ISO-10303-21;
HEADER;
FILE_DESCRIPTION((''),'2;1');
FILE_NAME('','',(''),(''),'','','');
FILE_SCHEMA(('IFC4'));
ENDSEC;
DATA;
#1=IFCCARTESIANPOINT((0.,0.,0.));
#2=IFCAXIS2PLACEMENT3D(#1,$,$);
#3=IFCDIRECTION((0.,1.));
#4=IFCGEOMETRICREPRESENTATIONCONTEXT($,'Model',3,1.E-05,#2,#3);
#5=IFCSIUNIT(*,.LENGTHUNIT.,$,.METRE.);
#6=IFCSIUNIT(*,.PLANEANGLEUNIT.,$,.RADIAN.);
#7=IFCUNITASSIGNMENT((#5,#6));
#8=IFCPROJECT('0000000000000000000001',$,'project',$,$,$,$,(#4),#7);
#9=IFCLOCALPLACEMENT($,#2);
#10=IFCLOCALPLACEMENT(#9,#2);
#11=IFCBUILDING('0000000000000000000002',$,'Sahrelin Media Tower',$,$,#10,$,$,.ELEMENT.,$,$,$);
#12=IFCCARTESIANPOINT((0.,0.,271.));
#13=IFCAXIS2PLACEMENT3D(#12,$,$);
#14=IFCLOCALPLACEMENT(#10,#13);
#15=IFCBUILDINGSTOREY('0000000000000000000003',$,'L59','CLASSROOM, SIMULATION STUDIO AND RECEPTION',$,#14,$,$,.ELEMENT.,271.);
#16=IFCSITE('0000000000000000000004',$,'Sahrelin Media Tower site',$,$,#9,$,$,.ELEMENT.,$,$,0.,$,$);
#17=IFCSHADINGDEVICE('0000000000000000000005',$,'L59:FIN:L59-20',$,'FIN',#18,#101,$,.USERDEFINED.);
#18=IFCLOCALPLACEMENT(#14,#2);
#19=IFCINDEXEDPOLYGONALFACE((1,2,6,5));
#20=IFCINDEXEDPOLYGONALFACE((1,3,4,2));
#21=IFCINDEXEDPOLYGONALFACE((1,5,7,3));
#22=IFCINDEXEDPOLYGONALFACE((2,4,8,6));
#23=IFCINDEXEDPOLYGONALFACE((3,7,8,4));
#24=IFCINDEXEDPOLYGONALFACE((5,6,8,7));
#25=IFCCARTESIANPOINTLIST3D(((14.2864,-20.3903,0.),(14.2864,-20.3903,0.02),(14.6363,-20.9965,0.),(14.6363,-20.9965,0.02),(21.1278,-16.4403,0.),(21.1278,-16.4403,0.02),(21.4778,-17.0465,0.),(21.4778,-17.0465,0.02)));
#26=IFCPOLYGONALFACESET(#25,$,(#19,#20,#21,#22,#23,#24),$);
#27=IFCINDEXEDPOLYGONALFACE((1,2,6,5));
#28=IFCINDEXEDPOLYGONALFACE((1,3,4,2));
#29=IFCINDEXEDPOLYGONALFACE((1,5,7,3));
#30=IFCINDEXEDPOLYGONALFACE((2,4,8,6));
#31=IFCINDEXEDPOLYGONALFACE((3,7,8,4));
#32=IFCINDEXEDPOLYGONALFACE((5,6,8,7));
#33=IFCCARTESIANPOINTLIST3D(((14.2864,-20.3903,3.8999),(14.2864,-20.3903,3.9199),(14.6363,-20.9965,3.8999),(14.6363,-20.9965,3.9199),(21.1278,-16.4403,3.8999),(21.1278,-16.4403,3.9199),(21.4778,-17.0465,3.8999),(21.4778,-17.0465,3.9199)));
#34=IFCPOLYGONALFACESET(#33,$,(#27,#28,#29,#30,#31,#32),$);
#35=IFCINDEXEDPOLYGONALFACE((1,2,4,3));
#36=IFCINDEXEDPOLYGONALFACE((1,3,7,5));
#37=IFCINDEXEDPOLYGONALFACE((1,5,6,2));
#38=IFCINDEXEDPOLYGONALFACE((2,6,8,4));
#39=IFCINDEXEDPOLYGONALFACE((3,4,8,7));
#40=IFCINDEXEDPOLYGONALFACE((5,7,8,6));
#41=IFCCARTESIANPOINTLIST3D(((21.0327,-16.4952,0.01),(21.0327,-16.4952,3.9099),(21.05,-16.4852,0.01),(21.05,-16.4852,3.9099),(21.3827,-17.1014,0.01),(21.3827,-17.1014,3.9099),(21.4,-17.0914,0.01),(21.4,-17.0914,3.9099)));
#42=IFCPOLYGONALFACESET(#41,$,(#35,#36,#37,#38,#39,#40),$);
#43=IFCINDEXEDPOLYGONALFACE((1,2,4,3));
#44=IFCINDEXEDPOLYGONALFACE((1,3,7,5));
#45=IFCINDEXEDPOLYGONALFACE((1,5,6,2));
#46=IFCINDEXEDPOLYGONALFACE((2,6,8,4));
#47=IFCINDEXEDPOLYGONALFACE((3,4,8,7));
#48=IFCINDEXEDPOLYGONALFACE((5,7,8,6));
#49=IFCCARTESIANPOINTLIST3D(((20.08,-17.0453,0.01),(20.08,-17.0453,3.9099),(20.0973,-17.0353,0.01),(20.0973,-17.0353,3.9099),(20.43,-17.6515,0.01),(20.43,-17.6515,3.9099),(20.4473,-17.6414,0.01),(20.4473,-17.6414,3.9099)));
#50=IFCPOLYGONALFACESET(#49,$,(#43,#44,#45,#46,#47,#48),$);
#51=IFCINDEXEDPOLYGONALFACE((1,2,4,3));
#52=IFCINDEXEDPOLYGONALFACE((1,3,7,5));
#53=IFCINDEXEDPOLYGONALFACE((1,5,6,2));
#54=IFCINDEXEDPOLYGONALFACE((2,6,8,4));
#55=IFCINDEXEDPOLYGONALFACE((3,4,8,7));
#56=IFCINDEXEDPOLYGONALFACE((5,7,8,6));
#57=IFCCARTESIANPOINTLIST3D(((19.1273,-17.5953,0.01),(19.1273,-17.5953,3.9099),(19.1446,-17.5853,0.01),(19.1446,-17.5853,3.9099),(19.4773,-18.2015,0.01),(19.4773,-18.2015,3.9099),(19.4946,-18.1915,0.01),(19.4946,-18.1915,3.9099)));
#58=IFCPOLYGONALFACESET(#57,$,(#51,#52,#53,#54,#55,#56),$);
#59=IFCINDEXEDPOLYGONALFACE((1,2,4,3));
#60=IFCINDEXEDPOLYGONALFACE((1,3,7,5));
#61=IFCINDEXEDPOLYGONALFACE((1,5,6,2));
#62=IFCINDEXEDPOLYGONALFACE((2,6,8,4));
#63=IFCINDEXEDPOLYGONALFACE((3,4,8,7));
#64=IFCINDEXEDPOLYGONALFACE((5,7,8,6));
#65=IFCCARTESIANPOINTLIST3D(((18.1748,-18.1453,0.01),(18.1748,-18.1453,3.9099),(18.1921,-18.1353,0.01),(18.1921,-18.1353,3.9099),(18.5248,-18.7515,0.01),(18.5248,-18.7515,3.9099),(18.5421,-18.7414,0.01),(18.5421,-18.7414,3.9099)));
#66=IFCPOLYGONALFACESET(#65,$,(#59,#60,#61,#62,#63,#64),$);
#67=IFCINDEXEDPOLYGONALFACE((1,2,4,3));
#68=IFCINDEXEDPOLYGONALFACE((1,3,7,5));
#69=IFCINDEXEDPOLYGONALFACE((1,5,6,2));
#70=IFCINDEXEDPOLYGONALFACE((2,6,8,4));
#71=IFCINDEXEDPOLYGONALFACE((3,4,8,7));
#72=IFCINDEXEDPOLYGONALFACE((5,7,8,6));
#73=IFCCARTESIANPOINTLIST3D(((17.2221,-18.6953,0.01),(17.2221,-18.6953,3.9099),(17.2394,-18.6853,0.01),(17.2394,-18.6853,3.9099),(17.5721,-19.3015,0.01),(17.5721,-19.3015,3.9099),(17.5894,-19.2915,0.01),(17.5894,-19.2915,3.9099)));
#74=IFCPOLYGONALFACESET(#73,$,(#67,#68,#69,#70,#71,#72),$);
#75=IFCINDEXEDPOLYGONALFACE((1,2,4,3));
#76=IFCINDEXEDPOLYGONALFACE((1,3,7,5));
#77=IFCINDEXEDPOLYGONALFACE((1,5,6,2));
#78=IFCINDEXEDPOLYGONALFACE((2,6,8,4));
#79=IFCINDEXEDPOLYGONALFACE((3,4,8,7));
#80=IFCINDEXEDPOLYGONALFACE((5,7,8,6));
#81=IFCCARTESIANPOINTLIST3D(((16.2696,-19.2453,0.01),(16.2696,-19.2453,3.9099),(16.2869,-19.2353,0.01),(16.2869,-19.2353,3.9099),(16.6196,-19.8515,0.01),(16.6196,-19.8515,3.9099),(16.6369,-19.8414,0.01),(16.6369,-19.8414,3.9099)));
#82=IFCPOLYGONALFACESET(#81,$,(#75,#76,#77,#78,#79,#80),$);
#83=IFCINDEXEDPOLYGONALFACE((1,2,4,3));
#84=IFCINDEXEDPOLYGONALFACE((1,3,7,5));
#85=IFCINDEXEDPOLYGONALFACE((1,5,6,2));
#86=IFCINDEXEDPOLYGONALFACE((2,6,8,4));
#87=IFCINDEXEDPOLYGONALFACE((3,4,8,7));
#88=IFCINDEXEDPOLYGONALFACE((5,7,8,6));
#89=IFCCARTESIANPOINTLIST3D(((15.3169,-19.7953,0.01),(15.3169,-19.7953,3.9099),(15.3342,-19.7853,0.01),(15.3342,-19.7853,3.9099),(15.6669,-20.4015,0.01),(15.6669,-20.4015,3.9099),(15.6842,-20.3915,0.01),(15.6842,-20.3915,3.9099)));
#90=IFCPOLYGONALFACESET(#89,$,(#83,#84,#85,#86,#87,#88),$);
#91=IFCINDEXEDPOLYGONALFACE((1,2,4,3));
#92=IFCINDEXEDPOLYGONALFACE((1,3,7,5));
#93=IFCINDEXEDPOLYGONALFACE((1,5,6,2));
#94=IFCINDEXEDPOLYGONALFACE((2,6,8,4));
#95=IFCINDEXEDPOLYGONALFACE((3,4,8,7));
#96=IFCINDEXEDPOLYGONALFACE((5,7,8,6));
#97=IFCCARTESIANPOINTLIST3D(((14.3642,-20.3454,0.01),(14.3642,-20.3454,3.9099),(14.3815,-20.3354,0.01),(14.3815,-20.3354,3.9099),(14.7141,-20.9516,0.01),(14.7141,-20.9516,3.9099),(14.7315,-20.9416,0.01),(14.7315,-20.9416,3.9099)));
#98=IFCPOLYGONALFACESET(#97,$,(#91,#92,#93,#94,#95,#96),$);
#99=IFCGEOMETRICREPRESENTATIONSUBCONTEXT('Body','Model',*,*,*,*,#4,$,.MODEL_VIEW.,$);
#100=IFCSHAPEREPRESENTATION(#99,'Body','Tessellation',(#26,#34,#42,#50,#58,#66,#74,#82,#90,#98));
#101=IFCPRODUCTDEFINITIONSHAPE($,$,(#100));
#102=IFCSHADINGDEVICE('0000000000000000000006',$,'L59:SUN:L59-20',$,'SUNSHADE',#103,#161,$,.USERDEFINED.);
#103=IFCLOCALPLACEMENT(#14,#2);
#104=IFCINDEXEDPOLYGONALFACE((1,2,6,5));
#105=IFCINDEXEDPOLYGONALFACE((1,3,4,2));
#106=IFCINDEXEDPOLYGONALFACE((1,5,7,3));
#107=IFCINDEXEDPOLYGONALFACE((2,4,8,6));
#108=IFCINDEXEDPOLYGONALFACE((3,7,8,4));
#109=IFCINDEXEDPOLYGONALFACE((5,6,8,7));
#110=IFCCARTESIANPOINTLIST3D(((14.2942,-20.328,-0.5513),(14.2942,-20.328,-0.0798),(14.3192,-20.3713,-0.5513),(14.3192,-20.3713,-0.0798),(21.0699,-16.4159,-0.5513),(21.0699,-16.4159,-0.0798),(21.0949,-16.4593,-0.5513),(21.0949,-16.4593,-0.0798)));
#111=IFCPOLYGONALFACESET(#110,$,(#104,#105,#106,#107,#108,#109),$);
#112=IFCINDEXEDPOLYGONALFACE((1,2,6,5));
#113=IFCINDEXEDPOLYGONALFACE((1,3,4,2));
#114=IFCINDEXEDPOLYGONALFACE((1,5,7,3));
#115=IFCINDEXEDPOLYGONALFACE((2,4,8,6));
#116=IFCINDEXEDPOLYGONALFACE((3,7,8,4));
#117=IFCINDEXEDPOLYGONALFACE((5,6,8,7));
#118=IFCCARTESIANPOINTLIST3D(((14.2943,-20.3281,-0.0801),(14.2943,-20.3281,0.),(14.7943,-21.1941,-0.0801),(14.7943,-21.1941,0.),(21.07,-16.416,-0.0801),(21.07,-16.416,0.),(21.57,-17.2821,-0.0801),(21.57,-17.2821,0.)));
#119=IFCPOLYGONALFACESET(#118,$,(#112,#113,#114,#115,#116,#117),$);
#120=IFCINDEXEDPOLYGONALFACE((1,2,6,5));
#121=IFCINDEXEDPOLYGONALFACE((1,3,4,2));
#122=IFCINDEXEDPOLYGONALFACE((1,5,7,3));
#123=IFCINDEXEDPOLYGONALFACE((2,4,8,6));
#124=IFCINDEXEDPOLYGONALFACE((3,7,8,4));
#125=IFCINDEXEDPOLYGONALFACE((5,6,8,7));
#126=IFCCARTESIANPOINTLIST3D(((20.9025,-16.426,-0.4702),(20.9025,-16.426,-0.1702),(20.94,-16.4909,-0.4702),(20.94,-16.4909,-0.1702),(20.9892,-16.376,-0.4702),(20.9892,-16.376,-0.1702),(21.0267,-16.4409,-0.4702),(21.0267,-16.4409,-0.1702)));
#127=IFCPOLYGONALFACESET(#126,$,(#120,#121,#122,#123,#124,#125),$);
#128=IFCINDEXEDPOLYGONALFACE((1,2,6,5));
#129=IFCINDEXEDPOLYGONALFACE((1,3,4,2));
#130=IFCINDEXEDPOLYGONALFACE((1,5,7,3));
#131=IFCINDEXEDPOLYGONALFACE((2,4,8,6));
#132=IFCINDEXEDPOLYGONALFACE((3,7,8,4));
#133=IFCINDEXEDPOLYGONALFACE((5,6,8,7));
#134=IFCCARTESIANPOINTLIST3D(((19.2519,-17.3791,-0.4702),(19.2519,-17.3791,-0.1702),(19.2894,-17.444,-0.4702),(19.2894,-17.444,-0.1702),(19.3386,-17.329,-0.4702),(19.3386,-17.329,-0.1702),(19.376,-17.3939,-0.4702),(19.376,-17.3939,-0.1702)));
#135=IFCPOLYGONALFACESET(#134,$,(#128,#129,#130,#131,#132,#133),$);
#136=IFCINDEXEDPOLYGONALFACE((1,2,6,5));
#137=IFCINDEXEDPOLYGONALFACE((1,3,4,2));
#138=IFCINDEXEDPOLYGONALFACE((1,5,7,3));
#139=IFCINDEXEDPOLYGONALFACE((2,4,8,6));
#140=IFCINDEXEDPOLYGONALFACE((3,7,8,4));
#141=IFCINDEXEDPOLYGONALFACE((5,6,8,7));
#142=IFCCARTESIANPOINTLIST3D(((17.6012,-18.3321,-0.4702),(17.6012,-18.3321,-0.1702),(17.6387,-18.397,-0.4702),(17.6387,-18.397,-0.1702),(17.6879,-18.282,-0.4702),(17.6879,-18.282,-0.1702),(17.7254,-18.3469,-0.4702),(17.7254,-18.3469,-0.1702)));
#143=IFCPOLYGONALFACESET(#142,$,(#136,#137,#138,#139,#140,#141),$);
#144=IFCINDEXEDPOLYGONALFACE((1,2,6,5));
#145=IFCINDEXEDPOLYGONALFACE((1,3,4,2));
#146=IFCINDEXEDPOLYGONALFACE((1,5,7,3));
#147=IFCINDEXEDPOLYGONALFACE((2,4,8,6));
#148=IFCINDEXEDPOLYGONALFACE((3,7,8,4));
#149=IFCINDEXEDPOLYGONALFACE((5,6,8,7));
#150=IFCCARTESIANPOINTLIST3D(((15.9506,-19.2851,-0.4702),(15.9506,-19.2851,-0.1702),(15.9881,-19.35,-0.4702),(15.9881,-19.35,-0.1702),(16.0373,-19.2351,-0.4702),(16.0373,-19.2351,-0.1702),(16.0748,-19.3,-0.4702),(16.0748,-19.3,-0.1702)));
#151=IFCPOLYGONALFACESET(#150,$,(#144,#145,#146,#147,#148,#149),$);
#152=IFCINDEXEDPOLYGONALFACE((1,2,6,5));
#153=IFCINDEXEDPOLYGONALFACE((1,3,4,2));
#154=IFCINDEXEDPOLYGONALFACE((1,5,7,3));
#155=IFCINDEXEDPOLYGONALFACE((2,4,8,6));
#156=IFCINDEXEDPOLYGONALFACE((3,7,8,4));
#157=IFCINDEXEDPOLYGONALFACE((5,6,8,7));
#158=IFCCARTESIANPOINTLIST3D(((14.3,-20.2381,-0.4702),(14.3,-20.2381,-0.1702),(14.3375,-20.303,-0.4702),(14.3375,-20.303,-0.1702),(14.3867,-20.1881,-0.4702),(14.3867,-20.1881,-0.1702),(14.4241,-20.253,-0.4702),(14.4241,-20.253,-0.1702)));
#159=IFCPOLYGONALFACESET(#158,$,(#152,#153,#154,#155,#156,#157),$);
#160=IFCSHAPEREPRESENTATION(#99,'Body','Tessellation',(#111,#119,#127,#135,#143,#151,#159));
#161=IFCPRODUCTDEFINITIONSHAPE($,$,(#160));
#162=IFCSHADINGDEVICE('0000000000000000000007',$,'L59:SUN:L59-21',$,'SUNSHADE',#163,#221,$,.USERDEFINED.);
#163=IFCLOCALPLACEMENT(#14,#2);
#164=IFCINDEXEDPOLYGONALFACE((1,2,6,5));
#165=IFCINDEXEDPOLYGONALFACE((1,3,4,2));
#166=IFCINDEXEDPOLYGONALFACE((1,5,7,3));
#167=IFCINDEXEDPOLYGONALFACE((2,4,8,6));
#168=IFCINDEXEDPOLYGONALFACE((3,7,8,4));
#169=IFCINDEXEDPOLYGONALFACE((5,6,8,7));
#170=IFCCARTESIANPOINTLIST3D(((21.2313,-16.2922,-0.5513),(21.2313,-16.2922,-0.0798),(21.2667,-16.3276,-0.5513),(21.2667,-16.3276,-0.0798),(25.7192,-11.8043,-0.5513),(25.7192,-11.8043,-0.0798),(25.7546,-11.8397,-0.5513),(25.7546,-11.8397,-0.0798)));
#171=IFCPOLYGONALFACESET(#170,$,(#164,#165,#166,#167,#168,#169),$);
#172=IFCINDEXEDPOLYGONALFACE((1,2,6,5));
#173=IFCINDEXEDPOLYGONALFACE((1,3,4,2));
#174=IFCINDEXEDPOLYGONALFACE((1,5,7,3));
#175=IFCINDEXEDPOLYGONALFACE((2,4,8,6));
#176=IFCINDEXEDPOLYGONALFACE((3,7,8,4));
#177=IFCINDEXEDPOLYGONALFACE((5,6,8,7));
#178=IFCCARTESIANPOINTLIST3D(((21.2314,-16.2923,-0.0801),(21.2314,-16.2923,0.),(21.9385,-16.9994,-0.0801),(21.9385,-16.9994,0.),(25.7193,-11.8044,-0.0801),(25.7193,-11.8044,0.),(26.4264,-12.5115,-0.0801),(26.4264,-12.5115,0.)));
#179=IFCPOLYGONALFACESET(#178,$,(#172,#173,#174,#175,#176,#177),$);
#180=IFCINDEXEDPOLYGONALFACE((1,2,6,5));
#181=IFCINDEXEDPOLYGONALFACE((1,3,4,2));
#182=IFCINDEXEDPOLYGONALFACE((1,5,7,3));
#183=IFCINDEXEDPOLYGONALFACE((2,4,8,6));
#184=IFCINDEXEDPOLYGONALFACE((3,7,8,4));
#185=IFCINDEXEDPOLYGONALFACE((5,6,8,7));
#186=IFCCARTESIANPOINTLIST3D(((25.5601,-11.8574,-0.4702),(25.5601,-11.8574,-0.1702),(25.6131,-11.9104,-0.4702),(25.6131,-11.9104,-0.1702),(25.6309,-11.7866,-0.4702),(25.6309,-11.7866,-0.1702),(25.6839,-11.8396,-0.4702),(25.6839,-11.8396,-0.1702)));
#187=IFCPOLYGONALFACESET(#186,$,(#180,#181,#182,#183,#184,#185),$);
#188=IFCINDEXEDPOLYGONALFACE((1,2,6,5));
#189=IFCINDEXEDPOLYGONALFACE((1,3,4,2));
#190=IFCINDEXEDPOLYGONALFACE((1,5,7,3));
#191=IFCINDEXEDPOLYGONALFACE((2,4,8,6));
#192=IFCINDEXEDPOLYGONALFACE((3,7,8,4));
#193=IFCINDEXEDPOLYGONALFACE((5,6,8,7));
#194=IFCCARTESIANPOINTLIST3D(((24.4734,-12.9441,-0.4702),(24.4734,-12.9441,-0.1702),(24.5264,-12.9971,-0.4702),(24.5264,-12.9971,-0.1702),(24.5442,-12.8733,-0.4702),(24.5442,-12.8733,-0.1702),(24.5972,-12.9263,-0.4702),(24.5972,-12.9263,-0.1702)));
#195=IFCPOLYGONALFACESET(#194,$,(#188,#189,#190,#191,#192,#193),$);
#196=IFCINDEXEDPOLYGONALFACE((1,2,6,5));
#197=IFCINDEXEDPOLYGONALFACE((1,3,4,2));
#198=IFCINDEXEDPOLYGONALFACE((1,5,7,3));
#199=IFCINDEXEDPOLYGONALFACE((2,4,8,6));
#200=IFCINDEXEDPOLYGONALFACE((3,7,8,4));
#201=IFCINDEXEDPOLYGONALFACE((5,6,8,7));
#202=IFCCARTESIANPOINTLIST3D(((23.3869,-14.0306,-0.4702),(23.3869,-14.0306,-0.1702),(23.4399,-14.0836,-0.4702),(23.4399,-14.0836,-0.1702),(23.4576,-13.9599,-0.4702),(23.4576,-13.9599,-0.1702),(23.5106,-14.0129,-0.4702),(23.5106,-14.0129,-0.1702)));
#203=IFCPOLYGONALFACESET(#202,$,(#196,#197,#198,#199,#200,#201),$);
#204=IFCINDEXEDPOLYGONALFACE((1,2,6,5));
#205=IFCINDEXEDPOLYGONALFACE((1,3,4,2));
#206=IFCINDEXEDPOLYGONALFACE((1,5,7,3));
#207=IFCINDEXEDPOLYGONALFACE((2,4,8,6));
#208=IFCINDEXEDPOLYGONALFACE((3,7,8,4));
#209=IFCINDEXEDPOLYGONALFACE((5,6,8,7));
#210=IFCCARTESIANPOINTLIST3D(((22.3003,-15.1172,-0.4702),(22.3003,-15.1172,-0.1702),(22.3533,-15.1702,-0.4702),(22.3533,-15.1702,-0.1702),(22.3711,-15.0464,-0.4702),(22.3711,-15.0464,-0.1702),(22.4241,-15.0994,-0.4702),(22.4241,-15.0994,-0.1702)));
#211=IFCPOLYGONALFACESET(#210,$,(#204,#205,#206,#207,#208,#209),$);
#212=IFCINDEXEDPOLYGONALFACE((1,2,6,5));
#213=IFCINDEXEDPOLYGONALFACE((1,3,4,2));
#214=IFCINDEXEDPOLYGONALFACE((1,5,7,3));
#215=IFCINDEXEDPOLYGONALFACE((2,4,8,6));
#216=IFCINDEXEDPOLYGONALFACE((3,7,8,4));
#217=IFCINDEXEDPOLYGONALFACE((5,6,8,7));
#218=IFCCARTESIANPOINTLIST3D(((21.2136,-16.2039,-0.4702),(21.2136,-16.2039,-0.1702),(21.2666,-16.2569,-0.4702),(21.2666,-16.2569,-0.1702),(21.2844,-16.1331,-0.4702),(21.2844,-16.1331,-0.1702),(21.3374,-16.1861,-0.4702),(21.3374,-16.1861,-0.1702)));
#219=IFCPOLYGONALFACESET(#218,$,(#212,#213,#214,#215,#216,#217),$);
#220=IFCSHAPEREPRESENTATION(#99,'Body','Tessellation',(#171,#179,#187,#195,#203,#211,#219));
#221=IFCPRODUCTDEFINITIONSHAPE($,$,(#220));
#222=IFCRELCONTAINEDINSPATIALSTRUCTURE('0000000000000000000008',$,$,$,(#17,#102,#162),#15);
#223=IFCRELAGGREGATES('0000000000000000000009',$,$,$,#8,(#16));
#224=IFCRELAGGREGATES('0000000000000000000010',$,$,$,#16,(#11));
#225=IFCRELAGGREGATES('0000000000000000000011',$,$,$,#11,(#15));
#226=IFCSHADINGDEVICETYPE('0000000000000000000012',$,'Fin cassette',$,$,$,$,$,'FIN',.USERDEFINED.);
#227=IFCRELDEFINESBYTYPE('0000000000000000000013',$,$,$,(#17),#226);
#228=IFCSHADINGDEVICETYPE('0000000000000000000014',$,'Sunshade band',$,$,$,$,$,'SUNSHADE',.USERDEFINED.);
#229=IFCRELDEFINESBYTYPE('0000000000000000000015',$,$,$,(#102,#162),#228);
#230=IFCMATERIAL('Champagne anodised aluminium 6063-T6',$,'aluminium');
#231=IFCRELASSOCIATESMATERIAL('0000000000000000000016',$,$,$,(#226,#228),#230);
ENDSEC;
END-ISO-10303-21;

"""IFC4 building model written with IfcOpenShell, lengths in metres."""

from ifc_helpers import new_model, si_unit, direction, frame, origin, origin_2d, place, context, subcontext, project, spatial, rectangle, extrude, material, type_object, element, save


model = new_model("IFC4")

# Units and contexts
model_context = context("Model", 3, precision=1e-05, world=origin(), true_north=direction((0.0, 1.0)))
body_context = subcontext(model_context, "Body", "Model", "MODEL_VIEW")
ifc_project = project(units=[si_unit("LENGTHUNIT", "METRE"), si_unit("PLANEANGLEUNIT", "RADIAN")], contexts=[model_context])

# Site, building, storey
site_placement = place(None, origin())
site = spatial("IfcSite", under=ifc_project, at=site_placement, Name="Sahrelin Media Tower site", CompositionType="ELEMENT", RefElevation=0.0)
building_placement = place(site_placement, origin())
building = spatial("IfcBuilding", under=site, at=building_placement, Name="Sahrelin Media Tower", CompositionType="ELEMENT")
storey_placement = place(building_placement, frame((0.0, 0.0, 271.0)))
storey = spatial("IfcBuildingStorey", under=building, at=storey_placement, Name="L59", Description="CLASSROOM, SIMULATION STUDIO AND RECEPTION", CompositionType="ELEMENT", Elevation=271.0)

# Shared definitions
ifc_material_1 = material(Name="Champagne anodised aluminium 6063-T6", Category="aluminium")

# Shading devices
shading_device_type_1 = type_object("IfcShadingDeviceType", Name="Fin cassette", ElementType="FIN", PredefinedType="USERDEFINED", material=ifc_material_1)
placement = place(storey_placement, frame((17.6721, -18.3547, 0.0), z_axis=(0.0, 0.0, 1.0), x_axis=(-0.866019, -0.500011, 0.0)))
element("IfcShadingDevice", 1, at=placement, inside=storey, type_object=shading_device_type_1, Name="L59:FIN:L59-20", ObjectType="FIN", PredefinedType="USERDEFINED", context=body_context, shape_type="SweptSolid", body=[
    extrude(rectangle(XDim=7.8999, YDim=0.7, at=origin_2d()), frame((0.0, 0.4199, 0.0)), (0.0, 0.0, 1.0), 0.02),
    extrude(rectangle(XDim=7.8999, YDim=0.7, at=origin_2d()), frame((0.0, 0.4199, 3.8999)), (0.0, 0.0, 1.0), 0.02),
    extrude(rectangle(XDim=0.02, YDim=0.7, at=origin_2d()), frame((-3.8501, 0.4199, 0.01), z_axis=(0.0, 0.0, 1.0), x_axis=(1.0, 0.0, 0.0)), (0.0, 0.0, 1.0), 3.8999),
    extrude(rectangle(XDim=0.02, YDim=0.7, at=origin_2d()), frame((-2.75, 0.4199, 0.01), z_axis=(0.0, 0.0, 1.0), x_axis=(1.0, 0.0, 0.0)), (0.0, 0.0, 1.0), 3.8999),
    extrude(rectangle(XDim=0.02, YDim=0.7, at=origin_2d()), frame((-1.6499, 0.4199, 0.01), z_axis=(0.0, 0.0, 1.0), x_axis=(1.0, 0.0, 0.0)), (0.0, 0.0, 1.0), 3.8999),
    extrude(rectangle(XDim=0.02, YDim=0.7, at=origin_2d()), frame((-0.55, 0.4199, 0.01), z_axis=(0.0, 0.0, 1.0), x_axis=(1.0, 0.0, 0.0)), (0.0, 0.0, 1.0), 3.8999),
    extrude(rectangle(XDim=0.02, YDim=0.7, at=origin_2d()), frame((0.55, 0.4199, 0.01), z_axis=(0.0, 0.0, 1.0), x_axis=(1.0, 0.0, 0.0)), (0.0, 0.0, 1.0), 3.8999),
    extrude(rectangle(XDim=0.02, YDim=0.7, at=origin_2d()), frame((1.6499, 0.4199, 0.01), z_axis=(0.0, 0.0, 1.0), x_axis=(1.0, 0.0, 0.0)), (0.0, 0.0, 1.0), 3.8999),
    extrude(rectangle(XDim=0.02, YDim=0.7, at=origin_2d()), frame((2.75, 0.4199, 0.01), z_axis=(0.0, 0.0, 1.0), x_axis=(1.0, 0.0, 0.0)), (0.0, 0.0, 1.0), 3.8999),
    extrude(rectangle(XDim=0.02, YDim=0.7, at=origin_2d()), frame((3.8501, 0.4199, 0.01), z_axis=(0.0, 0.0, 1.0), x_axis=(1.0, 0.0, 0.0)), (0.0, 0.0, 1.0), 3.8999),
])
shading_device_type_2 = type_object("IfcShadingDeviceType", Name="Sunshade band", ElementType="SUNSHADE", PredefinedType="USERDEFINED", material=ifc_material_1)
element("IfcShadingDevice", 2, at=placement, inside=storey, type_object=shading_device_type_2, Name="L59:SUN:L59-20", ObjectType="SUNSHADE", PredefinedType="USERDEFINED", context=body_context, shape_type="SweptSolid", body=[
    extrude(rectangle(XDim=7.824, YDim=0.05, at=origin_2d()), frame((0.0, 0.0449, -0.5513)), (0.0, 0.0, 1.0), 0.4714),
    extrude(rectangle(XDim=7.824, YDim=1.0, at=origin_2d()), frame((0.0, 0.52, -0.0801)), (0.0, 0.0, 1.0), 0.0801),
    extrude(rectangle(XDim=0.1001, YDim=0.075, at=origin_2d()), frame((-3.812, -0.0176, -0.4702)), (0.0, 0.0, 1.0), 0.3),
    extrude(rectangle(XDim=0.1001, YDim=0.075, at=origin_2d()), frame((-1.906, -0.0176, -0.4702)), (0.0, 0.0, 1.0), 0.3),
    extrude(rectangle(XDim=0.1001, YDim=0.075, at=origin_2d()), frame((0.0, -0.0176, -0.4702)), (0.0, 0.0, 1.0), 0.3),
    extrude(rectangle(XDim=0.1001, YDim=0.075, at=origin_2d()), frame((1.906, -0.0176, -0.4702)), (0.0, 0.0, 1.0), 0.3),
    extrude(rectangle(XDim=0.1001, YDim=0.075, at=origin_2d()), frame((3.812, -0.0176, -0.4702)), (0.0, 0.0, 1.0), 0.3),
])
shading_device_1_placement = place(storey_placement, frame((23.4612, -14.0342, 0.0), z_axis=(0.0, 0.0, 1.0), x_axis=(-0.707107, -0.707107, 0.0)))
element("IfcShadingDevice", 3, at=shading_device_1_placement, inside=storey, type_object=shading_device_type_2, Name="L59:SUN:L59-21", ObjectType="SUNSHADE", PredefinedType="USERDEFINED", context=body_context, shape_type="SweptSolid", body=[
    extrude(rectangle(XDim=6.3469, YDim=0.05, at=origin_2d()), frame((0.0, 0.0449, -0.5513)), (0.0, 0.0, 1.0), 0.4714),
    extrude(rectangle(XDim=6.3469, YDim=1.0, at=origin_2d()), frame((0.0, 0.52, -0.0801)), (0.0, 0.0, 1.0), 0.0801),
    extrude(rectangle(XDim=0.1001, YDim=0.075, at=origin_2d()), frame((-3.0735, -0.0176, -0.4702)), (0.0, 0.0, 1.0), 0.3),
    extrude(rectangle(XDim=0.1001, YDim=0.075, at=origin_2d()), frame((-1.5366, -0.0176, -0.4702)), (0.0, 0.0, 1.0), 0.3),
    extrude(rectangle(XDim=0.1001, YDim=0.075, at=origin_2d()), frame((0.0, -0.0176, -0.4702)), (0.0, 0.0, 1.0), 0.3),
    extrude(rectangle(XDim=0.1001, YDim=0.075, at=origin_2d()), frame((1.5366, -0.0176, -0.4702)), (0.0, 0.0, 1.0), 0.3),
    extrude(rectangle(XDim=0.1001, YDim=0.075, at=origin_2d()), frame((3.0735, -0.0176, -0.4702)), (0.0, 0.0, 1.0), 0.3),
])

save(model, "model.ifc")
